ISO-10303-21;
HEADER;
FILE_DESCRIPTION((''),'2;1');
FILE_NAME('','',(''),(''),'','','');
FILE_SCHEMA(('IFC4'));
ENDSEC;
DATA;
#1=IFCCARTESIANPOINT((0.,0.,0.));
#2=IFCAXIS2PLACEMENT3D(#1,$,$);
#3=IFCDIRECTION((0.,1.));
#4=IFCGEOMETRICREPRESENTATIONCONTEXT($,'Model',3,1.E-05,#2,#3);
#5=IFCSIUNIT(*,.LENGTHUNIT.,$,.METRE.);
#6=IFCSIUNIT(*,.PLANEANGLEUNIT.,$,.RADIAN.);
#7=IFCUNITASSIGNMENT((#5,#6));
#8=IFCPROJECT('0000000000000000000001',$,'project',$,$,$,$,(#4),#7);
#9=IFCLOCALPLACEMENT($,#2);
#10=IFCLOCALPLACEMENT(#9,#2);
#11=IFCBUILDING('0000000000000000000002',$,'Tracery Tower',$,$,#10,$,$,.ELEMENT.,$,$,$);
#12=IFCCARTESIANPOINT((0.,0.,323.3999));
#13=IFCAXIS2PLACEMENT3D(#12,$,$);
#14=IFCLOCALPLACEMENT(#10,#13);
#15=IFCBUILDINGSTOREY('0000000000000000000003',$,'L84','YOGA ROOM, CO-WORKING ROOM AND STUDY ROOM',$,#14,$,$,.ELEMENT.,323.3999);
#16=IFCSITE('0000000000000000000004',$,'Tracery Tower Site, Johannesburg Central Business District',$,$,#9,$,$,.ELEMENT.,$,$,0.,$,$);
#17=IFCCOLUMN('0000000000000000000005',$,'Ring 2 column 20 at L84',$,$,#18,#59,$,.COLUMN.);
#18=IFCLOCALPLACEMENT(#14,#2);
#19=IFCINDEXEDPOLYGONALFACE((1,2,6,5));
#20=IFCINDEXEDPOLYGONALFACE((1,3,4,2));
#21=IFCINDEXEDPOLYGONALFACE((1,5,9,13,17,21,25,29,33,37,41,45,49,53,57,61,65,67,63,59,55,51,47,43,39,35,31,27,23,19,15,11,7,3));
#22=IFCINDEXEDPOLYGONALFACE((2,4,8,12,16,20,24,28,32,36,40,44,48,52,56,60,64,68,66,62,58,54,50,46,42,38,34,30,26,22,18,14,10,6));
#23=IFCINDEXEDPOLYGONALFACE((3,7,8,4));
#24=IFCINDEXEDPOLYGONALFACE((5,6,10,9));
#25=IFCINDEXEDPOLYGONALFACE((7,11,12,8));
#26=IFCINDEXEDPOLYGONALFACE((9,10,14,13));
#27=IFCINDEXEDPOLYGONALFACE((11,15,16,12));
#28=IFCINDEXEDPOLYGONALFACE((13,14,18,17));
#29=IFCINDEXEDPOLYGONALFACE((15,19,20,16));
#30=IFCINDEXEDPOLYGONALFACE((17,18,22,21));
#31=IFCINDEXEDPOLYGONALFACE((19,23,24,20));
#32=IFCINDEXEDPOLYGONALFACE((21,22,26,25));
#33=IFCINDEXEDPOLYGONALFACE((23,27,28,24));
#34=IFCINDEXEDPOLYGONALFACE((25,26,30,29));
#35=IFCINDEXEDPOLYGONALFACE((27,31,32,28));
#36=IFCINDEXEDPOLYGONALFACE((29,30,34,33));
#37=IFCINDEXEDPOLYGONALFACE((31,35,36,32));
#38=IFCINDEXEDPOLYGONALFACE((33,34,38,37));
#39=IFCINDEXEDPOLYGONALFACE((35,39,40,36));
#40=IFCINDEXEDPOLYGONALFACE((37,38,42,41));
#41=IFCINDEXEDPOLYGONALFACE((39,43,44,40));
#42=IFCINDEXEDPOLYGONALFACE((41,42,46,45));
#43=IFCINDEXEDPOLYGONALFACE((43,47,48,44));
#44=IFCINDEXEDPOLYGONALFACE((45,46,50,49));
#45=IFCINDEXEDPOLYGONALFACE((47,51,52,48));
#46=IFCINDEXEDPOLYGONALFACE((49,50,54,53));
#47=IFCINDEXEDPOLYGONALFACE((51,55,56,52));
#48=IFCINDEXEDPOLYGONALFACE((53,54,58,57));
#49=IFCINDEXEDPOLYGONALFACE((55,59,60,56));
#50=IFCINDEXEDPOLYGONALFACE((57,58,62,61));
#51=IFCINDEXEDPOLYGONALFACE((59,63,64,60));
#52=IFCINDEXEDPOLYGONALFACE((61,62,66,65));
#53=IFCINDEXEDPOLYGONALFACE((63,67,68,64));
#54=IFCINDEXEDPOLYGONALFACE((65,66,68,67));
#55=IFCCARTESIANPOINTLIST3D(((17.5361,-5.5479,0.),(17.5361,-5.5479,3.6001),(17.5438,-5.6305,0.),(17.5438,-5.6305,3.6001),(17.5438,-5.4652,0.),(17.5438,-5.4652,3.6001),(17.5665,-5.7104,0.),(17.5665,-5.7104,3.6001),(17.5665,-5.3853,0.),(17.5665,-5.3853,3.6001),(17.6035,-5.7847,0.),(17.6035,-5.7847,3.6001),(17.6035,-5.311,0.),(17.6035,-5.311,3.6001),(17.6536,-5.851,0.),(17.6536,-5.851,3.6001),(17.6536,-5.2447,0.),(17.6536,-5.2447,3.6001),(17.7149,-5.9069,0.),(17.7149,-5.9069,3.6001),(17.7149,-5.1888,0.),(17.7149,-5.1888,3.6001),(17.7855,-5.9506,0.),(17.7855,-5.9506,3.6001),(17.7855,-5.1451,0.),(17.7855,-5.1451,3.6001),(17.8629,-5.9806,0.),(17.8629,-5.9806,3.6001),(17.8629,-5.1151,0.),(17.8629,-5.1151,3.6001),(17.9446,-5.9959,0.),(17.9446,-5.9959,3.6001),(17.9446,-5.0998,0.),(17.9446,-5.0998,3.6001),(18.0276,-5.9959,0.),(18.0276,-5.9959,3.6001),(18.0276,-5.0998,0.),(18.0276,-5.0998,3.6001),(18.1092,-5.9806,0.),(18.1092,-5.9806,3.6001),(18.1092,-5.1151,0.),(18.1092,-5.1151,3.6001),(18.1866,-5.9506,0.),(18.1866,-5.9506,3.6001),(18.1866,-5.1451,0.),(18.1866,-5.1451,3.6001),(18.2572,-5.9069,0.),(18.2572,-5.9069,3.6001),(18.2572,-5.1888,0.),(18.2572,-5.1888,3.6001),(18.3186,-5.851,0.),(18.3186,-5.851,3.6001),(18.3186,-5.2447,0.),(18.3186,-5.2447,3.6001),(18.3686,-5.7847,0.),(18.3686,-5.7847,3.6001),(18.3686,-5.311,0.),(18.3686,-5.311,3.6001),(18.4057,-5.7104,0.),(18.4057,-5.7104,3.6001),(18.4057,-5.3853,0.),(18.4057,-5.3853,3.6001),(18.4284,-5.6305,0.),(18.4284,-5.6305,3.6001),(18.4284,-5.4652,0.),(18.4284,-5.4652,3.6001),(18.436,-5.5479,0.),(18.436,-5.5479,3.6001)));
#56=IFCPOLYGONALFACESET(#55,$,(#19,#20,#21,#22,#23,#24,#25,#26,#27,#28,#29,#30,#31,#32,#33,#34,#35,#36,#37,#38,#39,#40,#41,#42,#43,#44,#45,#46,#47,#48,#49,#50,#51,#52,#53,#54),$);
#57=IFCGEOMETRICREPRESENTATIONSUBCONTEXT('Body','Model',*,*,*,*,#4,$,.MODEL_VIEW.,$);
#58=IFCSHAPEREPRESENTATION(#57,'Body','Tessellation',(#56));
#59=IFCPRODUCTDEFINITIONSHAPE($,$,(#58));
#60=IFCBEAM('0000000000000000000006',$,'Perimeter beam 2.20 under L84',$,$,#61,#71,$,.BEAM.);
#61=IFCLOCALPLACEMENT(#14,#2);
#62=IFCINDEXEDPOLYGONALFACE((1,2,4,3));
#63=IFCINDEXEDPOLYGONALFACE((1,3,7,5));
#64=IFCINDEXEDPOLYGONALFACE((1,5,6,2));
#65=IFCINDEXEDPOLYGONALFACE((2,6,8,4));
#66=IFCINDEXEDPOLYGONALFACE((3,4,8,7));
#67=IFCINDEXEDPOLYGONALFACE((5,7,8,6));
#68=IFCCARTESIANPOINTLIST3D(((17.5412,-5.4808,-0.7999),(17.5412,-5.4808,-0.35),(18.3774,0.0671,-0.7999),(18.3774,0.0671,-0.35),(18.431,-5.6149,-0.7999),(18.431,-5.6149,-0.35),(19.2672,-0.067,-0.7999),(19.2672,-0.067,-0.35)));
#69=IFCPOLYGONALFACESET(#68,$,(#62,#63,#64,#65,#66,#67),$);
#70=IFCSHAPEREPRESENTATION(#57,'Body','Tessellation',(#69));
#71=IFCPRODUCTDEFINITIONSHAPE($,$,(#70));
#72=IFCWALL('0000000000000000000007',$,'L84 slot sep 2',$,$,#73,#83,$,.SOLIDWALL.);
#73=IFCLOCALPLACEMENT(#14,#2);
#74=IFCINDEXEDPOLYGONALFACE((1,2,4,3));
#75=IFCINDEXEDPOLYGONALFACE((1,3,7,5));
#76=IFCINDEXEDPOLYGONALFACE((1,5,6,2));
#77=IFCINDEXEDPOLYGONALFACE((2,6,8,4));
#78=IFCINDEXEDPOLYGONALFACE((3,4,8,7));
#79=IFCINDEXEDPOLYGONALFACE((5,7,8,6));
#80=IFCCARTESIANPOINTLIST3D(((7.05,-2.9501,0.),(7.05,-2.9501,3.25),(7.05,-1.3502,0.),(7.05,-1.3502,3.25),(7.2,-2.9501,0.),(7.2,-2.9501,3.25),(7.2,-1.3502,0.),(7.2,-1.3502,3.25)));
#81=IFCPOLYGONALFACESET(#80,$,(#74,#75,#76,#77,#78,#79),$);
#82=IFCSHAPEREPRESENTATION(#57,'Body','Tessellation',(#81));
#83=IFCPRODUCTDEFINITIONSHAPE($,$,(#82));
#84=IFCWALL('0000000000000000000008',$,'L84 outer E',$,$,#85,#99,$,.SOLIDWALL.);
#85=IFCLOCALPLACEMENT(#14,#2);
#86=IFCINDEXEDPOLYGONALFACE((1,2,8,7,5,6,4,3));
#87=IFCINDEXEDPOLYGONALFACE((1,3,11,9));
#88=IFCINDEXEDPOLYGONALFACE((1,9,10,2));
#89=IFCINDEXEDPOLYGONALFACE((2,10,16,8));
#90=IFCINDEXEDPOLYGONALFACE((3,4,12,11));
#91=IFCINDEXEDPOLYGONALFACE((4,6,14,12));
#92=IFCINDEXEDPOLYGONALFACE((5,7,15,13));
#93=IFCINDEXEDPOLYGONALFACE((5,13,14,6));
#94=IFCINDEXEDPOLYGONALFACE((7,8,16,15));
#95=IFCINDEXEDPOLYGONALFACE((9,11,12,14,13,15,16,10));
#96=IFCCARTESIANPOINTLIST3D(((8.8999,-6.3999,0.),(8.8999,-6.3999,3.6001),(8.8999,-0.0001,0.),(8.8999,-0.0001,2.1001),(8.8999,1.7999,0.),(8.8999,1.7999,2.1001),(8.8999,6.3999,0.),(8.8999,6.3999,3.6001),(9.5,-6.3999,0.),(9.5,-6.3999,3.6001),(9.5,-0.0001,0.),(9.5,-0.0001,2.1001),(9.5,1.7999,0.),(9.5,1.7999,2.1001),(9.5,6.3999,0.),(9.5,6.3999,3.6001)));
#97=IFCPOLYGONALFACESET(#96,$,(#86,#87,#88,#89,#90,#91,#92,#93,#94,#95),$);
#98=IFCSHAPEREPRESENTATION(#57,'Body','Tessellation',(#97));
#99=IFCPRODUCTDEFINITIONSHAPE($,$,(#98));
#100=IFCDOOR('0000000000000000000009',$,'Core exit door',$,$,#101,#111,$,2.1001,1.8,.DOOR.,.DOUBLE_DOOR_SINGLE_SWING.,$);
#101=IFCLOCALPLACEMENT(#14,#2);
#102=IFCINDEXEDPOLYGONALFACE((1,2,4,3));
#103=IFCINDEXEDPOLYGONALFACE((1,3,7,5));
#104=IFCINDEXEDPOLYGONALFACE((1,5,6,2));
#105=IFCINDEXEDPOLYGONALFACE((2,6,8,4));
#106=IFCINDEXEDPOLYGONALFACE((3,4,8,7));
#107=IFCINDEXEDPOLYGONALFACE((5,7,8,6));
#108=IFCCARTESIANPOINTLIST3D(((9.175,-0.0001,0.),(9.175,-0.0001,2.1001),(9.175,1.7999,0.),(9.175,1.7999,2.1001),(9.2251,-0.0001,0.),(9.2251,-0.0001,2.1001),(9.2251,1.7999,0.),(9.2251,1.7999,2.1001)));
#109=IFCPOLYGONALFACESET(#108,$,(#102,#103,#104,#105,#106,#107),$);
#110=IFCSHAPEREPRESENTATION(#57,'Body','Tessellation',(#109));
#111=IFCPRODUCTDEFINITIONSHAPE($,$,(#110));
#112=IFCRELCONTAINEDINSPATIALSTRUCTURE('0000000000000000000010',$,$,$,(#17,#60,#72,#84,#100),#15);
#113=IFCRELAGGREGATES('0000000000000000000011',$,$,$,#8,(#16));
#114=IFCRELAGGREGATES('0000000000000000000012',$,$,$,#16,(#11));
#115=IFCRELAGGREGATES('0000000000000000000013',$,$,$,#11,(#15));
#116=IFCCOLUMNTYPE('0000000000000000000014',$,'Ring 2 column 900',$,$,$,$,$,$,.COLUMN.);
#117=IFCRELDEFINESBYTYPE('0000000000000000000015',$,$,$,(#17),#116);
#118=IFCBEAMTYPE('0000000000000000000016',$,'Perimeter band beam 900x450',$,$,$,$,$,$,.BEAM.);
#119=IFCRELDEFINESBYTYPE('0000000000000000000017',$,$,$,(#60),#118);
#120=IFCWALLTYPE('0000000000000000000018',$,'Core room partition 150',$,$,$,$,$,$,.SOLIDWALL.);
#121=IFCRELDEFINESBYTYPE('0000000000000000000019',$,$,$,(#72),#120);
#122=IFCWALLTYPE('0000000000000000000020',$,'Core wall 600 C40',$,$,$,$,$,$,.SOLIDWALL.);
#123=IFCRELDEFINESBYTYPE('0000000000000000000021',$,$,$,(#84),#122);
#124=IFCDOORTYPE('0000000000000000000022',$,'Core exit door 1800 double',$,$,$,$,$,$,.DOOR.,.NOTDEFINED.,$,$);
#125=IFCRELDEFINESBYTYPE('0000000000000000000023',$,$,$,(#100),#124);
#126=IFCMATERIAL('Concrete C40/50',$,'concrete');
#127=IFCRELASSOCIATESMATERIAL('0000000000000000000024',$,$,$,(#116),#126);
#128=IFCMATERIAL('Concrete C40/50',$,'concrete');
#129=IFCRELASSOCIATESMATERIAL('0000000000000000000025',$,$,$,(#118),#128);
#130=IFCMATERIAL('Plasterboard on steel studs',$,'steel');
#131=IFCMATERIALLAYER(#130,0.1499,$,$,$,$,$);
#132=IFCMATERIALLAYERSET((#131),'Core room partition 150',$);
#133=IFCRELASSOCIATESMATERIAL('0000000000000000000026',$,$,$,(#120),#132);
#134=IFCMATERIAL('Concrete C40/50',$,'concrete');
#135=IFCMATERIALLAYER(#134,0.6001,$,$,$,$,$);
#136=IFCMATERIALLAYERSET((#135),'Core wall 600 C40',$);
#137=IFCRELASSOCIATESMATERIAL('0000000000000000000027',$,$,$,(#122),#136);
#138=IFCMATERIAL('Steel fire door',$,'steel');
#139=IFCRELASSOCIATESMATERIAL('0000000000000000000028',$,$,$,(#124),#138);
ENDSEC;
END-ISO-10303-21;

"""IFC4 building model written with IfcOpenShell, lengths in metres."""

from ifc_helpers import new_model, si_unit, direction, frame, frame_2d, origin, origin_2d, place, context, subcontext, project, spatial, rectangle, circle, extrude, material, layer, layer_set, material_profile, profile_set, type_object, element, fill, save


model = new_model("IFC4")

# Units and contexts
model_context = context("Model", 3, precision=1e-05, world=origin(), true_north=direction((0.0, 1.0)))
body_context = subcontext(model_context, "Body", "Model", "MODEL_VIEW")
ifc_project = project(units=[si_unit("LENGTHUNIT", "METRE"), si_unit("PLANEANGLEUNIT", "RADIAN")], contexts=[model_context])

# Site, building, storey
site_placement = place(None, origin())
site = spatial("IfcSite", under=ifc_project, at=site_placement, Name="Tracery Tower Site, Johannesburg Central Business District", CompositionType="ELEMENT", RefElevation=0.0)
building_placement = place(site_placement, origin())
building = spatial("IfcBuilding", under=site, at=building_placement, Name="Tracery Tower", CompositionType="ELEMENT")
storey_placement = place(building_placement, frame((0.0, 0.0, 323.3999)))
storey = spatial("IfcBuildingStorey", under=building, at=storey_placement, Name="L84", Description="YOGA ROOM, CO-WORKING ROOM AND STUDY ROOM", CompositionType="ELEMENT", Elevation=323.3999)

# Column
ifc_material_1 = material(Name="Concrete C40/50", Category="concrete")
ifc_material_profile_1 = material_profile(ifc_material_1, circle(Radius=0.45, at=origin_2d()), Name="RC D900")
ifc_profile_set_1 = profile_set([ifc_material_profile_1], Name="Concrete C40/50")
column_type = type_object("IfcColumnType", Name="Ring 2 column 900", PredefinedType="COLUMN", material=ifc_profile_set_1)
column_placement = place(storey_placement, frame((17.9861, -5.5479, 0.0), z_axis=(0.0, 0.0, 1.0), x_axis=(1.0, 0.0, 0.0)))
element("IfcColumn", 1, at=column_placement, inside=storey, type_object=column_type, Name="Ring 2 column 20 at L84", PredefinedType="COLUMN", context=body_context, shape_type="SweptSolid", body=[
    extrude(circle(Radius=0.45, at=origin_2d()), origin(), (0.0, 0.0, 1.0), 3.6001),
])

# Beam
ifc_material_2 = material(Name="Concrete C40/50", Category="concrete")
ifc_material_profile_2 = material_profile(ifc_material_2, rectangle(XDim=0.8999, YDim=0.45, at=origin_2d()), Name="RC 900x450")
ifc_profile_set_2 = profile_set([ifc_material_profile_2], Name="Concrete C40/50")
beam_type = type_object("IfcBeamType", Name="Perimeter band beam 900x450", PredefinedType="BEAM", material=ifc_profile_set_2)
beam_placement = place(storey_placement, frame((17.9861, -5.5479, -0.575), z_axis=(0.149038, 0.988831, 0.0), x_axis=(-0.988831, 0.149038, 0.0)))
element("IfcBeam", 2, at=beam_placement, inside=storey, type_object=beam_type, Name="Perimeter beam 2.20 under L84", PredefinedType="BEAM", context=body_context, shape_type="SweptSolid", body=[
    extrude(rectangle(XDim=0.8999, YDim=0.45, at=origin_2d()), origin(), (0.0, 0.0, 1.0), 5.6106),
])

# Wall
ifc_material_3 = material(Name="Plasterboard on steel studs", Category="steel")
ifc_layer_1 = layer(ifc_material_3, 0.1499)
ifc_layer_set_1 = layer_set([ifc_layer_1], Name="Core room partition 150")
wall_type_1 = type_object("IfcWallType", Name="Core room partition 150", PredefinedType="SOLIDWALL", material=ifc_layer_set_1)
wall_1_placement = place(storey_placement, frame((7.125, -2.95, 0.0), z_axis=(0.0, 0.0, 1.0), x_axis=(0.0, 1.0, 0.0)))
element("IfcWall", 3, at=wall_1_placement, inside=storey, type_object=wall_type_1, Name="L84 slot sep 2", PredefinedType="SOLIDWALL", context=body_context, shape_type="SweptSolid", body=[
    extrude(rectangle(XDim=1.5999, YDim=0.1499, at=frame_2d((0.7998, 0.0))), origin(), (0.0, 0.0, 1.0), 3.25),
])

# Wall, opening, door
ifc_material_4 = material(Name="Concrete C40/50", Category="concrete")
ifc_layer_2 = layer(ifc_material_4, 0.6001)
ifc_layer_set_2 = layer_set([ifc_layer_2], Name="Core wall 600 C40")
wall_type_2 = type_object("IfcWallType", Name="Core wall 600 C40", PredefinedType="SOLIDWALL", material=ifc_layer_set_2)
wall_2_placement = place(storey_placement, frame((9.2, -6.3999, 0.0), z_axis=(0.0, 0.0, 1.0), x_axis=(0.0, 1.0, 0.0)))
wall_2 = element("IfcWall", 4, at=wall_2_placement, inside=storey, type_object=wall_type_2, Name="L84 outer E", PredefinedType="SOLIDWALL", context=body_context, shape_type="SweptSolid", body=[
    extrude(rectangle(XDim=12.7998, YDim=0.6001, at=frame_2d((6.3999, 0.0))), origin(), (0.0, 0.0, 1.0), 3.6001),
])
opening_1_placement = place(wall_2_placement, frame((6.3999, 0.0, 0.0)))
opening_1 = element("IfcOpeningElement", 5, at=opening_1_placement, cuts=wall_2, PredefinedType="OPENING", context=body_context, shape_type="SweptSolid", body=[
    extrude(rectangle(XDim=1.8, YDim=2.1001, at=frame_2d((0.8999, 1.05))), frame((0.0, 0.3, 0.0), z_axis=(0.0, -1.0, 0.0), x_axis=(1.0, 0.0, 0.0)), (0.0, 0.0, 1.0), 0.6001),
])
ifc_material_5 = material(Name="Steel fire door", Category="steel")
door_type_1 = type_object("IfcDoorType", Name="Core exit door 1800 double", OperationType="NOTDEFINED", PredefinedType="DOOR", material=ifc_material_5)
door_1_placement = place(opening_1_placement, origin())
door_1 = element("IfcDoor", 6, at=door_1_placement, inside=storey, type_object=door_type_1, Name="Core exit door", OperationType="DOUBLE_DOOR_SINGLE_SWING", OverallHeight=2.1001, OverallWidth=1.8, PredefinedType="DOOR", context=body_context, shape_type="SweptSolid", body=[
    extrude(rectangle(XDim=1.8, YDim=2.1001, at=frame_2d((0.8999, 1.05))), frame((0.0, 0.0249, 0.0), z_axis=(0.0, -1.0, 0.0), x_axis=(1.0, 0.0, 0.0)), (0.0, 0.0, 1.0), 0.05),
])
fill(opening_1, door_1)

save(model, "model.ifc")
